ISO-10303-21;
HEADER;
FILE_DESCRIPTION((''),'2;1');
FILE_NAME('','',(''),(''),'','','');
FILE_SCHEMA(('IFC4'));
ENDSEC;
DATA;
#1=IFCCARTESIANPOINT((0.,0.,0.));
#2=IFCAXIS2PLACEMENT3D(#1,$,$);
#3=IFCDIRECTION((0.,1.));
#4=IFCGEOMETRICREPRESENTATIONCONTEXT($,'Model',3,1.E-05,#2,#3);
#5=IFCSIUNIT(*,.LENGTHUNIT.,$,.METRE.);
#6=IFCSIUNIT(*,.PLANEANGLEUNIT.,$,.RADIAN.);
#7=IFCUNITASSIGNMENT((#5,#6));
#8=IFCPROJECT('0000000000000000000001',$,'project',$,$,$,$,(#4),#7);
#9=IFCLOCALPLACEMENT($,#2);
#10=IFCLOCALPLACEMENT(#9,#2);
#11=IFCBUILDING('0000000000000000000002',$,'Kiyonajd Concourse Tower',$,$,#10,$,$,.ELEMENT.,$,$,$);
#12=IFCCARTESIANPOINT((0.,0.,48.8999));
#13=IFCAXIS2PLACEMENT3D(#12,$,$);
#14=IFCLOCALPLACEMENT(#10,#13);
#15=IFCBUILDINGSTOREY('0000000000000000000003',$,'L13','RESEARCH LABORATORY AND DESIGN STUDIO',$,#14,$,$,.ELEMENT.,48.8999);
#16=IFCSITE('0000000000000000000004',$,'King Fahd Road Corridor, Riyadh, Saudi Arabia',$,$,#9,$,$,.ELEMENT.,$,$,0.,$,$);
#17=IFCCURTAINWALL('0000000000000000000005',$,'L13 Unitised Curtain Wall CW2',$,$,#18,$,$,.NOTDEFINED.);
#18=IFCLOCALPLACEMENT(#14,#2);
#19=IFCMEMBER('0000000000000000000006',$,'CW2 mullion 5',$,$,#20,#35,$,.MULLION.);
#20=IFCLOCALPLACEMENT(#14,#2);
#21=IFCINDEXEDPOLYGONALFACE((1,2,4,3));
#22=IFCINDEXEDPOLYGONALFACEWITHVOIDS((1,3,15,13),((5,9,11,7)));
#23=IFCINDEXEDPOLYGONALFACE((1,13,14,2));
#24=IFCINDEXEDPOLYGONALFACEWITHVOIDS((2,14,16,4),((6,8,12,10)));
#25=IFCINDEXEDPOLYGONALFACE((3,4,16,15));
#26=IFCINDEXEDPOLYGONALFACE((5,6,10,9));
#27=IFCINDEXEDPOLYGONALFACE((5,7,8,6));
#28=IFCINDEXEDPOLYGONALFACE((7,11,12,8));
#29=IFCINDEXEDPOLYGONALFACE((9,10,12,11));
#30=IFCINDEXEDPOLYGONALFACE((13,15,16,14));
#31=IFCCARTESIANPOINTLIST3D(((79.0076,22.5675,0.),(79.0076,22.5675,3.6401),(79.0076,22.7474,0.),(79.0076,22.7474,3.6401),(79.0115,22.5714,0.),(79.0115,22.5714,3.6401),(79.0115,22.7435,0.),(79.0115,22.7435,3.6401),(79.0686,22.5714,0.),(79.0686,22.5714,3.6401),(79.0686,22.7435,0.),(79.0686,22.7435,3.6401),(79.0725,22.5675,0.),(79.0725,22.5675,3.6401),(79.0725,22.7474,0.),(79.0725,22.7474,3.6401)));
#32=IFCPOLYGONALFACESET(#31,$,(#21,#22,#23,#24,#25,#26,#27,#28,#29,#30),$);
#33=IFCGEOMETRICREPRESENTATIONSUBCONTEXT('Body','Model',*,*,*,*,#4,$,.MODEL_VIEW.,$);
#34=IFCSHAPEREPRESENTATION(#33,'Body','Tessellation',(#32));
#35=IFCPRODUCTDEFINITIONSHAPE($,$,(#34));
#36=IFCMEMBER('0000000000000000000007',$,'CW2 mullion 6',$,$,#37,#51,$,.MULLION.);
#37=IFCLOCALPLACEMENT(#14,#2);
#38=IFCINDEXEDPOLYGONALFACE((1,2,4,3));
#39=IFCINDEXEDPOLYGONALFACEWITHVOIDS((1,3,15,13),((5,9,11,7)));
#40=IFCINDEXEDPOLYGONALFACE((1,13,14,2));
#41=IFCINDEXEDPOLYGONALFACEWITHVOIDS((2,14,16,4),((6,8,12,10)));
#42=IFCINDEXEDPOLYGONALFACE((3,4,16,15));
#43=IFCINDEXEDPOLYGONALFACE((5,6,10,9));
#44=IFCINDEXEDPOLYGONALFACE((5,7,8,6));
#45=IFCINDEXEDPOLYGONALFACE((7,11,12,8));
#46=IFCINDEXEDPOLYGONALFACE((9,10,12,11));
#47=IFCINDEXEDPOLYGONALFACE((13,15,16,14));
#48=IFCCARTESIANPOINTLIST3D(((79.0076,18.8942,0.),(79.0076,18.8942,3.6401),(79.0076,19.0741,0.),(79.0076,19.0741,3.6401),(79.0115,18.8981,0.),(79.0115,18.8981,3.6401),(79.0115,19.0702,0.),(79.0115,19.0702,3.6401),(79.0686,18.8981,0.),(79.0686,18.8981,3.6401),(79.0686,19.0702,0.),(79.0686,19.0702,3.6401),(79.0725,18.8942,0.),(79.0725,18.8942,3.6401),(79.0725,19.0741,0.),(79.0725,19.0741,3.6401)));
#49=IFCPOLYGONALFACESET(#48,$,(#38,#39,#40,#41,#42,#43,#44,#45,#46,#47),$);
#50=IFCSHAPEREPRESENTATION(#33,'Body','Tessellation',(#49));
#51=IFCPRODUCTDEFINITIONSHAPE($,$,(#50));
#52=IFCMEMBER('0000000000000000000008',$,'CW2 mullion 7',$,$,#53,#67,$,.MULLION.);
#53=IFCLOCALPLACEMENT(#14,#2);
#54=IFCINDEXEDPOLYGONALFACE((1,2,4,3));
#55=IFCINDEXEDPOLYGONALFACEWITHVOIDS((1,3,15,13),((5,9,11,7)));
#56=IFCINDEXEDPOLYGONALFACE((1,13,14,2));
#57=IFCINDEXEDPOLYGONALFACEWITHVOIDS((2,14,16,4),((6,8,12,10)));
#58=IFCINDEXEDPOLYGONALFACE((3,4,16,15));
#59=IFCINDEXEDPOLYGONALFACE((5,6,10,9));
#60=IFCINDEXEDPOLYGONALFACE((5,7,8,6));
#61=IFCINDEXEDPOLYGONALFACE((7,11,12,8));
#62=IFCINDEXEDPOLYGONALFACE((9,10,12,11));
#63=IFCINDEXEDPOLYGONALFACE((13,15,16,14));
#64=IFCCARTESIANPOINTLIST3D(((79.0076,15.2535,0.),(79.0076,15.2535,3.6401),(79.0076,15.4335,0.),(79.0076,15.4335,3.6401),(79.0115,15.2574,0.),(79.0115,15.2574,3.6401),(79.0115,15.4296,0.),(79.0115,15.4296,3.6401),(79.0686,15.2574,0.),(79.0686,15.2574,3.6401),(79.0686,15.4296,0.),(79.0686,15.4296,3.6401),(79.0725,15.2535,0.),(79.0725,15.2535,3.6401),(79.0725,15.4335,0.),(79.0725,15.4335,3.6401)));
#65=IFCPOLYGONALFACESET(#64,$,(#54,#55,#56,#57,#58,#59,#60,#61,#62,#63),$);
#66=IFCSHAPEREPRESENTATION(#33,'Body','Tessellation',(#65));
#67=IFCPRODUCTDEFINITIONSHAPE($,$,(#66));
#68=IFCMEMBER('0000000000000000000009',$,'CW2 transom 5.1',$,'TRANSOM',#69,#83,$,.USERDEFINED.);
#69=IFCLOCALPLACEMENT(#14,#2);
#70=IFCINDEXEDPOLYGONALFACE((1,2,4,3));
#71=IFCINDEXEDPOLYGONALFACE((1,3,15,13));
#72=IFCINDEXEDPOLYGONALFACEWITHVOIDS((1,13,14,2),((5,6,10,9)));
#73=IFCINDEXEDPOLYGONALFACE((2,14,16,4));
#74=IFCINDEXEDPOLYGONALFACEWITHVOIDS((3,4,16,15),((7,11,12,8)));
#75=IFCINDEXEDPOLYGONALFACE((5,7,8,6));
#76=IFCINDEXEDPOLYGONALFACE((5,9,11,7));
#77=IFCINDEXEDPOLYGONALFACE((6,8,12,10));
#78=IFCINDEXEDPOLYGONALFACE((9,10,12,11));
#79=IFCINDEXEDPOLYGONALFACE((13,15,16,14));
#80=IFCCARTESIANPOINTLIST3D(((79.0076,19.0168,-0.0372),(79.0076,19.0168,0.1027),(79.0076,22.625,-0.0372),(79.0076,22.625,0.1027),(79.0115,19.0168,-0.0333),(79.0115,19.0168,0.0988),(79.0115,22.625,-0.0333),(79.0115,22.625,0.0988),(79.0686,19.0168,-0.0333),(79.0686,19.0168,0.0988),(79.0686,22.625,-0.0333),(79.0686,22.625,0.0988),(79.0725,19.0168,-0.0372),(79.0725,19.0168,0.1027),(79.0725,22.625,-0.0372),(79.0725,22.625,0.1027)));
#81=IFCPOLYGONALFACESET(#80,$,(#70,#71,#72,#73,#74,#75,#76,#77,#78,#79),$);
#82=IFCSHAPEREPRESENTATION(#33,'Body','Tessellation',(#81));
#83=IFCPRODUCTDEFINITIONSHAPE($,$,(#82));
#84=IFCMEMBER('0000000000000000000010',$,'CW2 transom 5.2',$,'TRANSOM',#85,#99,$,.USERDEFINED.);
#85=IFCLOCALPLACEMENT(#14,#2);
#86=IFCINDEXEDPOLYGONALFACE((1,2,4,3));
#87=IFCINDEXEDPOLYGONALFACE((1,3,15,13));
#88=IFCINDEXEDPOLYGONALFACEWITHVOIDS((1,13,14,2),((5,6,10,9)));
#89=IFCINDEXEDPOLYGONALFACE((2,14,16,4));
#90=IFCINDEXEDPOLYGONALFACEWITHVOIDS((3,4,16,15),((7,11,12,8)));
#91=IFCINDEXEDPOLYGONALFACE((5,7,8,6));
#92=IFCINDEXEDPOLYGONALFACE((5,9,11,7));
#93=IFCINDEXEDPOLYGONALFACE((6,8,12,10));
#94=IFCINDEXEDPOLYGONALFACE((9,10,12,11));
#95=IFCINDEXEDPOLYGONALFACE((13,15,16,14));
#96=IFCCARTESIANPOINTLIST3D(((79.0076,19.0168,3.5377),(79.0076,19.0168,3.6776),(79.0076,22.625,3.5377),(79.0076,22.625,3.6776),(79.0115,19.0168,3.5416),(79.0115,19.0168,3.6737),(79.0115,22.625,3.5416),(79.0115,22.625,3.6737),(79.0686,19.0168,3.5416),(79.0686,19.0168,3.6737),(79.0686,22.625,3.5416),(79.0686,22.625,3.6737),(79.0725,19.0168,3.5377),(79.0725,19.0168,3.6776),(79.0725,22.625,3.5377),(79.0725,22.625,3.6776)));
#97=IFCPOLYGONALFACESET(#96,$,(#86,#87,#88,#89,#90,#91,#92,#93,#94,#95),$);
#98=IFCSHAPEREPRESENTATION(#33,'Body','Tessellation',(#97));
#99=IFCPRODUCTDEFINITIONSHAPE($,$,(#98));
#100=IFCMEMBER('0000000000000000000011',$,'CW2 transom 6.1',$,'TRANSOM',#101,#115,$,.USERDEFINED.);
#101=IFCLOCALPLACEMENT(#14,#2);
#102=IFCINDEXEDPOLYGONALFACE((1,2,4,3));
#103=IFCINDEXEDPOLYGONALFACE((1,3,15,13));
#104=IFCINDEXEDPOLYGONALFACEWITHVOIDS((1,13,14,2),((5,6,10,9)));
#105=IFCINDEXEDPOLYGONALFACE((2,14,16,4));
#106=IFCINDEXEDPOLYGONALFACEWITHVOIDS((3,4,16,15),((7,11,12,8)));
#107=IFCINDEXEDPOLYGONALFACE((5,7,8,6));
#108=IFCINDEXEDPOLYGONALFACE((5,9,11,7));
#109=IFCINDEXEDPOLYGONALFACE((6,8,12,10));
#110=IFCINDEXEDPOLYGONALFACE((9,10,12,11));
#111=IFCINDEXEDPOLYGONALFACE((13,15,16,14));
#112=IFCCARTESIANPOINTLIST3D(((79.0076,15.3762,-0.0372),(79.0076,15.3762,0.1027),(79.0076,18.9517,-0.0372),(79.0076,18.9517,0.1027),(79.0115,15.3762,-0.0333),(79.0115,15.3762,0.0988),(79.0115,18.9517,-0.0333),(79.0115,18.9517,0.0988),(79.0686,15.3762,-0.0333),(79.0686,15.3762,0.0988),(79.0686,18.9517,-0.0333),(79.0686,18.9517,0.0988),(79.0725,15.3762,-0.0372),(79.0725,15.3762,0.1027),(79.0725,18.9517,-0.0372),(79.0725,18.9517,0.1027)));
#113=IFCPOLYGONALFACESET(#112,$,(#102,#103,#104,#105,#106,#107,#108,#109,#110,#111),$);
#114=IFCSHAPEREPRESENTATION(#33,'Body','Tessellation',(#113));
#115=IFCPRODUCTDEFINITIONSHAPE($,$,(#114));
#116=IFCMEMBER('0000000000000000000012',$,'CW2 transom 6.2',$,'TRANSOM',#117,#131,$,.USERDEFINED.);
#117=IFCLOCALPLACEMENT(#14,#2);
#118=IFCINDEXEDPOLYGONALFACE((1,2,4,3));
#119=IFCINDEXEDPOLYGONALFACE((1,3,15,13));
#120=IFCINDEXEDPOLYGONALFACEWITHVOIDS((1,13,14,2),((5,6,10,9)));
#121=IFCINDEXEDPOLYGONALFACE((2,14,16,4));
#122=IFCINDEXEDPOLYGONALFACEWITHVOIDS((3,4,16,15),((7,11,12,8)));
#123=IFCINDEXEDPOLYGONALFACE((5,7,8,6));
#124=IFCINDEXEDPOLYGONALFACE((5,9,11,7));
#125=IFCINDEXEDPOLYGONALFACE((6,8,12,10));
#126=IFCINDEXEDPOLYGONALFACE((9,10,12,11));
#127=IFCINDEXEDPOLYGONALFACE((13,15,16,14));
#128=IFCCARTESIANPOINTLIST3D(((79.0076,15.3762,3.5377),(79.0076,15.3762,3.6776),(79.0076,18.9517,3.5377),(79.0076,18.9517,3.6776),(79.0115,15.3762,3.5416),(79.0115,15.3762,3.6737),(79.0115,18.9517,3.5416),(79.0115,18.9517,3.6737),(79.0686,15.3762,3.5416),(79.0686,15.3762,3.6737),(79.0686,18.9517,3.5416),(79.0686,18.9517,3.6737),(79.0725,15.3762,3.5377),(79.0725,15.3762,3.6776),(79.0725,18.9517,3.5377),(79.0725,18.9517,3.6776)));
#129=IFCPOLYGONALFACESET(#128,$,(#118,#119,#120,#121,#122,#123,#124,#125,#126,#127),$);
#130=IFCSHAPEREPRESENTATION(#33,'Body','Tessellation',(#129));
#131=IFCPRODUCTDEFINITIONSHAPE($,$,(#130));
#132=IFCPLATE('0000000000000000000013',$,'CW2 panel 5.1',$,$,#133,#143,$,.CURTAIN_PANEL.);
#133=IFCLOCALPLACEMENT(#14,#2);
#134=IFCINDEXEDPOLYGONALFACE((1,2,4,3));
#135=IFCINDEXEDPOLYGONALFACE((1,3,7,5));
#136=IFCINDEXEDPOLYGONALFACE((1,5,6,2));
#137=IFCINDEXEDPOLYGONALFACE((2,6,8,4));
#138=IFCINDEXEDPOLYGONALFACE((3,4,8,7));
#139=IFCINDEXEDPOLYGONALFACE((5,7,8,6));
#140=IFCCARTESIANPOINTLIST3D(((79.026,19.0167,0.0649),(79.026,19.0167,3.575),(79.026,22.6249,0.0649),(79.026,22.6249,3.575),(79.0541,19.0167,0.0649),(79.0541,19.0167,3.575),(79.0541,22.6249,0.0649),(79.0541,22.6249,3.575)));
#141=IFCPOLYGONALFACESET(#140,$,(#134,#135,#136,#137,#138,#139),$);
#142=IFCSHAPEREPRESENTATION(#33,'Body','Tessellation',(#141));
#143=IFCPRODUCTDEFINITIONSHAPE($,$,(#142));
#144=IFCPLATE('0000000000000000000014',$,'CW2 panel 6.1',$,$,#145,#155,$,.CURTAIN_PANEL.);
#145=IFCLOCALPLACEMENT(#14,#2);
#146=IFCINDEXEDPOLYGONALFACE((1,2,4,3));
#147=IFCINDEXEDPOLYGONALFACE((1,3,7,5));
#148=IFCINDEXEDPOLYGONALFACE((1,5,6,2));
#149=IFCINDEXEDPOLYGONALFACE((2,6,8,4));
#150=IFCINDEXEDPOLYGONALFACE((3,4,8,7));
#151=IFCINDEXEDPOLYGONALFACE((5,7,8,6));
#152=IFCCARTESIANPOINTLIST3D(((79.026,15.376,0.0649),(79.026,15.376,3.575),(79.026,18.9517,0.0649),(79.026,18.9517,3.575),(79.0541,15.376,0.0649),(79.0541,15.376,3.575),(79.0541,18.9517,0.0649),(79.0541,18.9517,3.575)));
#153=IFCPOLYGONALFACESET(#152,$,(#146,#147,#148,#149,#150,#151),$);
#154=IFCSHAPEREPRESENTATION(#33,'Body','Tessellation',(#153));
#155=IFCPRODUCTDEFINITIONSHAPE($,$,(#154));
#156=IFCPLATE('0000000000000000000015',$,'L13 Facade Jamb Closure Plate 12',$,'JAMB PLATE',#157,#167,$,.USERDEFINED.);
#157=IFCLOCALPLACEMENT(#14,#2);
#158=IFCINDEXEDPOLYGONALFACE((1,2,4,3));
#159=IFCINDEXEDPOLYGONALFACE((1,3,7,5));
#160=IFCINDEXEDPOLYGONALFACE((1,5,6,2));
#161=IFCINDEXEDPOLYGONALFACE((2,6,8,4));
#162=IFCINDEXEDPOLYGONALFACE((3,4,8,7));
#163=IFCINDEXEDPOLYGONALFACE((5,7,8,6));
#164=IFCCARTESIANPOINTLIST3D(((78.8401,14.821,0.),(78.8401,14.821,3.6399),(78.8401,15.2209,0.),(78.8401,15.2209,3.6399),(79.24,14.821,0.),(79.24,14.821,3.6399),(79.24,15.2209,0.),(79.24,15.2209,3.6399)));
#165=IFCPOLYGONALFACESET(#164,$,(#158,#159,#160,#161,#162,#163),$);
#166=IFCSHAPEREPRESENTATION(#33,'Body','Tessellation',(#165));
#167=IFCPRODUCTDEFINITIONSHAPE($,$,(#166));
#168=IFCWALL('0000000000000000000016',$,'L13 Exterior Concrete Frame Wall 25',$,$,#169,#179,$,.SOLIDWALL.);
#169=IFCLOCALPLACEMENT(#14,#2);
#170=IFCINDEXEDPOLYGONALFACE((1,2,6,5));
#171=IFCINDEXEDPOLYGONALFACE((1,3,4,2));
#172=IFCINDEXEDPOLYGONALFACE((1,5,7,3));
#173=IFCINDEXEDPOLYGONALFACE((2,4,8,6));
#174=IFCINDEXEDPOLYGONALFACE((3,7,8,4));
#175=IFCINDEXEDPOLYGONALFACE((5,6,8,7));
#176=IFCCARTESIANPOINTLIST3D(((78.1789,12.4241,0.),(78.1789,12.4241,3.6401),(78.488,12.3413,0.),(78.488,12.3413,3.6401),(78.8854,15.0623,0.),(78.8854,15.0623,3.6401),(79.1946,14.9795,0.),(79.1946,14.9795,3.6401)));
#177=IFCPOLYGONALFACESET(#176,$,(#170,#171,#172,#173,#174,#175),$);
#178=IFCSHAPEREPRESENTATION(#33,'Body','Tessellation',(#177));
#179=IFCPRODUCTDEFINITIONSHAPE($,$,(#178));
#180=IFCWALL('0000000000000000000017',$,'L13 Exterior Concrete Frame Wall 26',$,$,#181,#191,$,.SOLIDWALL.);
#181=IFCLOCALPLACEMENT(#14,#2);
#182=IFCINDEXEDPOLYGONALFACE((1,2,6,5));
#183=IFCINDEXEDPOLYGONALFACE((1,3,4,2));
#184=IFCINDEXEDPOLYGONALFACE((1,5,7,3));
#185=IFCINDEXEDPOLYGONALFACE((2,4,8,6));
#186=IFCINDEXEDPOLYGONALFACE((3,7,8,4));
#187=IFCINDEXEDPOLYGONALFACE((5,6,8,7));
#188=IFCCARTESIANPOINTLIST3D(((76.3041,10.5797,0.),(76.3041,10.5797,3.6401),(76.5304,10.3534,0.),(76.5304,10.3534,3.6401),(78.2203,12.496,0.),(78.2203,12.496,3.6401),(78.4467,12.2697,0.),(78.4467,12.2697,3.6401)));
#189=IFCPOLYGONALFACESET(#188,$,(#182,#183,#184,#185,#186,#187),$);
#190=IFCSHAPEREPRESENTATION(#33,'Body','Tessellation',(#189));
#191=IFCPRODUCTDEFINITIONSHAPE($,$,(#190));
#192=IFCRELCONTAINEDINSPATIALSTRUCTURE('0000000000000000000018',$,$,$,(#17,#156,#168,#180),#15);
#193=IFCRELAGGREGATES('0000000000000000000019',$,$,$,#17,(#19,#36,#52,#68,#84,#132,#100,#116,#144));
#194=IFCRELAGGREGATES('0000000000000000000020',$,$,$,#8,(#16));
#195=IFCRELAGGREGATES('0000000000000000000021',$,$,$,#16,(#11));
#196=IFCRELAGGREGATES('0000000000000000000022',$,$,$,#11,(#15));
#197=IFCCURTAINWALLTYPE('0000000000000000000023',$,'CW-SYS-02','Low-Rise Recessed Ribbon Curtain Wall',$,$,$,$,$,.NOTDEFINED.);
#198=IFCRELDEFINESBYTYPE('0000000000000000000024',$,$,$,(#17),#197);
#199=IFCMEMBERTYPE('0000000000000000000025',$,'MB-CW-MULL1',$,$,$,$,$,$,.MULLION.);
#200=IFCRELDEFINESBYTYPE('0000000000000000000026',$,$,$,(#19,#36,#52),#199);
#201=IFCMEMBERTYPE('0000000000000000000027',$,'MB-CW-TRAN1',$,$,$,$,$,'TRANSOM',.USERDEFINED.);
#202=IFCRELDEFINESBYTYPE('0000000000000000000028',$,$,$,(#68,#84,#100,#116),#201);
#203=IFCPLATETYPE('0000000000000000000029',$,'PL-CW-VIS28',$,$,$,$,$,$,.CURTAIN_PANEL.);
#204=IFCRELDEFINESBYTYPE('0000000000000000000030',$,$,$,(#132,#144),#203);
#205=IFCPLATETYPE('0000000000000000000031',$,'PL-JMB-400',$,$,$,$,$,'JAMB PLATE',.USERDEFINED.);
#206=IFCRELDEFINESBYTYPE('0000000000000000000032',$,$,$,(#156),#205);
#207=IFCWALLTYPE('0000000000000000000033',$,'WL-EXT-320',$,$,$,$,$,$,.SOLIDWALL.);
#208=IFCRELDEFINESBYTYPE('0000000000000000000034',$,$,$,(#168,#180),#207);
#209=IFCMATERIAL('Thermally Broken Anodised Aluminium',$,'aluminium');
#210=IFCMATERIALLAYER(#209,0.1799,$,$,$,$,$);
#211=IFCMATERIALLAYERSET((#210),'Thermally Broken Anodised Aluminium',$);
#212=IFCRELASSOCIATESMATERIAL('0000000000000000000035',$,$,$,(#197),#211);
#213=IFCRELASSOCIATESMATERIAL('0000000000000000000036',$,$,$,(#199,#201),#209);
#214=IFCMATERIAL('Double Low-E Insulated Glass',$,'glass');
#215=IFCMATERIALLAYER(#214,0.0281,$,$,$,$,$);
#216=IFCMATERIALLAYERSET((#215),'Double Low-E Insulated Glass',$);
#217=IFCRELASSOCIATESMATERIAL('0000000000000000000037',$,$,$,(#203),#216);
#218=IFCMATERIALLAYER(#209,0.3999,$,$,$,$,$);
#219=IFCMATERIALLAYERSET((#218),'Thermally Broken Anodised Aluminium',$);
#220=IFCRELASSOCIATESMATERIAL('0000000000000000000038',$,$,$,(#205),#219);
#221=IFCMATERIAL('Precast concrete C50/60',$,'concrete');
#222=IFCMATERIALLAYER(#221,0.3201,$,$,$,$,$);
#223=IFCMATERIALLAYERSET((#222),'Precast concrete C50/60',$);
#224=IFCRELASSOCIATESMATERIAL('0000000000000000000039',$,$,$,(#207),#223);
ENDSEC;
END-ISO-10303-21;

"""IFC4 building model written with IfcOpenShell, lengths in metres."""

from ifc_helpers import new_model, si_unit, direction, frame, frame_2d, origin, origin_2d, place, context, subcontext, project, spatial, rectangle, hollow_rectangle, extrude, material, layer, layer_set, material_profile, profile_set, type_object, element, aggregate, save


model = new_model("IFC4")

# Units and contexts
model_context = context("Model", 3, precision=1e-05, world=origin(), true_north=direction((0.0, 1.0)))
body_context = subcontext(model_context, "Body", "Model", "MODEL_VIEW")
ifc_project = project(units=[si_unit("LENGTHUNIT", "METRE"), si_unit("PLANEANGLEUNIT", "RADIAN")], contexts=[model_context])

# Site, building, storey
site_placement = place(None, origin())
site = spatial("IfcSite", under=ifc_project, at=site_placement, Name="King Fahd Road Corridor, Riyadh, Saudi Arabia", CompositionType="ELEMENT", RefElevation=0.0)
building_placement = place(site_placement, origin())
building = spatial("IfcBuilding", under=site, at=building_placement, Name="Kiyonajd Concourse Tower", CompositionType="ELEMENT")
storey_placement = place(building_placement, frame((0.0, 0.0, 48.8999)))
storey = spatial("IfcBuildingStorey", under=building, at=storey_placement, Name="L13", Description="RESEARCH LABORATORY AND DESIGN STUDIO", CompositionType="ELEMENT", Elevation=48.8999)

# Shared definitions
ifc_material_1 = material(Name="Precast concrete C50/60", Category="concrete")

# Curtain wall, members, plates
ifc_material_2 = material(Name="Thermally Broken Anodised Aluminium", Category="aluminium")
ifc_layer_1 = layer(ifc_material_2, 0.1799)
ifc_layer_set_1 = layer_set([ifc_layer_1], Name="Thermally Broken Anodised Aluminium")
curtain_wall_type = type_object("IfcCurtainWallType", Name="CW-SYS-02", Description="Low-Rise Recessed Ribbon Curtain Wall", PredefinedType="NOTDEFINED", material=ifc_layer_set_1)
curtain_wall_placement = place(storey_placement, origin())
curtain_wall = element("IfcCurtainWall", 1, at=curtain_wall_placement, inside=storey, type_object=curtain_wall_type, Name="L13 Unitised Curtain Wall CW2", PredefinedType="NOTDEFINED")
ifc_material_profile_1 = material_profile(ifc_material_2, hollow_rectangle(XDim=0.0649, YDim=0.1799, WallThickness=0.0039, at=origin_2d()), Name="MULL-65x180")
ifc_profile_set_1 = profile_set([ifc_material_profile_1], Name="Thermally Broken Anodised Aluminium")
member_type_1 = type_object("IfcMemberType", Name="MB-CW-MULL1", PredefinedType="MULLION", material=ifc_profile_set_1)
member_1_placement = place(storey_placement, frame((79.04, 22.6575, 0.0), z_axis=(0.0, 0.0, 1.0), x_axis=(1.0, 0.0, 0.0)))
member_1 = element("IfcMember", 2, at=member_1_placement, type_object=member_type_1, Name="CW2 mullion 5", PredefinedType="MULLION", context=body_context, shape_type="SweptSolid", body=[
    extrude(hollow_rectangle(XDim=0.0649, YDim=0.1799, WallThickness=0.0039, at=origin_2d()), origin(), (0.0, 0.0, 1.0), 3.6401),
])
member_2_placement = place(storey_placement, frame((79.04, 18.9841, 0.0), z_axis=(0.0, 0.0, 1.0), x_axis=(1.0, 0.0, 0.0)))
member_2 = element("IfcMember", 3, at=member_2_placement, type_object=member_type_1, Name="CW2 mullion 6", PredefinedType="MULLION", context=body_context, shape_type="SweptSolid", body=[
    extrude(hollow_rectangle(XDim=0.0649, YDim=0.1799, WallThickness=0.0039, at=origin_2d()), origin(), (0.0, 0.0, 1.0), 3.6401),
])
member_3_placement = place(storey_placement, frame((79.04, 15.3435, 0.0), z_axis=(0.0, 0.0, 1.0), x_axis=(1.0, 0.0, 0.0)))
member_3 = element("IfcMember", 4, at=member_3_placement, type_object=member_type_1, Name="CW2 mullion 7", PredefinedType="MULLION", context=body_context, shape_type="SweptSolid", body=[
    extrude(hollow_rectangle(XDim=0.0649, YDim=0.1799, WallThickness=0.0039, at=origin_2d()), origin(), (0.0, 0.0, 1.0), 3.6401),
])
ifc_material_profile_2 = material_profile(ifc_material_2, hollow_rectangle(XDim=0.0649, YDim=0.1399, WallThickness=0.0039, at=origin_2d()), Name="TRAN-65x140")
ifc_profile_set_2 = profile_set([ifc_material_profile_2], Name="Thermally Broken Anodised Aluminium")
member_type_2 = type_object("IfcMemberType", Name="MB-CW-TRAN1", ElementType="TRANSOM", PredefinedType="USERDEFINED", material=ifc_profile_set_2)
member_4_placement = place(storey_placement, frame((79.04, 22.625, 0.0327), z_axis=(0.0, -1.0, 0.0), x_axis=(1.0, 0.0, 0.0)))
member_4 = element("IfcMember", 5, at=member_4_placement, type_object=member_type_2, Name="CW2 transom 5.1", ObjectType="TRANSOM", PredefinedType="USERDEFINED", context=body_context, shape_type="SweptSolid", body=[
    extrude(hollow_rectangle(XDim=0.0649, YDim=0.1399, WallThickness=0.0039, at=origin_2d()), origin(), (0.0, 0.0, 1.0), 3.6082),
])
member_5_placement = place(storey_placement, frame((79.04, 22.625, 3.6077), z_axis=(0.0, -1.0, 0.0), x_axis=(1.0, 0.0, 0.0)))
member_5 = element("IfcMember", 6, at=member_5_placement, type_object=member_type_2, Name="CW2 transom 5.2", ObjectType="TRANSOM", PredefinedType="USERDEFINED", context=body_context, shape_type="SweptSolid", body=[
    extrude(hollow_rectangle(XDim=0.0649, YDim=0.1399, WallThickness=0.0039, at=origin_2d()), origin(), (0.0, 0.0, 1.0), 3.6082),
])
member_6_placement = place(storey_placement, frame((79.04, 18.9517, 0.0327), z_axis=(0.0, -1.0, 0.0), x_axis=(1.0, 0.0, 0.0)))
member_6 = element("IfcMember", 7, at=member_6_placement, type_object=member_type_2, Name="CW2 transom 6.1", ObjectType="TRANSOM", PredefinedType="USERDEFINED", context=body_context, shape_type="SweptSolid", body=[
    extrude(hollow_rectangle(XDim=0.0649, YDim=0.1399, WallThickness=0.0039, at=origin_2d()), origin(), (0.0, 0.0, 1.0), 3.5754),
])
member_7_placement = place(storey_placement, frame((79.04, 18.9517, 3.6077), z_axis=(0.0, -1.0, 0.0), x_axis=(1.0, 0.0, 0.0)))
member_7 = element("IfcMember", 8, at=member_7_placement, type_object=member_type_2, Name="CW2 transom 6.2", ObjectType="TRANSOM", PredefinedType="USERDEFINED", context=body_context, shape_type="SweptSolid", body=[
    extrude(hollow_rectangle(XDim=0.0649, YDim=0.1399, WallThickness=0.0039, at=origin_2d()), origin(), (0.0, 0.0, 1.0), 3.5754),
])
ifc_material_3 = material(Name="Double Low-E Insulated Glass", Category="glass")
ifc_layer_2 = layer(ifc_material_3, 0.0281)
ifc_layer_set_2 = layer_set([ifc_layer_2], Name="Double Low-E Insulated Glass")
plate_type_1 = type_object("IfcPlateType", Name="PL-CW-VIS28", PredefinedType="CURTAIN_PANEL", material=ifc_layer_set_2)
plate_1_placement = place(storey_placement, frame((79.04, 20.8208, 0.0649), z_axis=(0.0, 0.0, 1.0), x_axis=(0.0, -1.0, 0.0)))
plate_1 = element("IfcPlate", 9, at=plate_1_placement, type_object=plate_type_1, Name="CW2 panel 5.1", PredefinedType="CURTAIN_PANEL", context=body_context, shape_type="SweptSolid", body=[
    extrude(rectangle(XDim=3.6082, YDim=0.0281, at=origin_2d()), origin(), (0.0, 0.0, 1.0), 3.51),
])
plate_2_placement = place(storey_placement, frame((79.04, 17.1638, 0.0649), z_axis=(0.0, 0.0, 1.0), x_axis=(0.0, -1.0, 0.0)))
plate_2 = element("IfcPlate", 10, at=plate_2_placement, type_object=plate_type_1, Name="CW2 panel 6.1", PredefinedType="CURTAIN_PANEL", context=body_context, shape_type="SweptSolid", body=[
    extrude(rectangle(XDim=3.5757, YDim=0.0281, at=origin_2d()), origin(), (0.0, 0.0, 1.0), 3.51),
])
aggregate(curtain_wall, [member_1, member_2, member_3, member_4, member_5, plate_1, member_6, member_7, plate_2])

# Plate
ifc_layer_3 = layer(ifc_material_2, 0.3999)
ifc_layer_set_3 = layer_set([ifc_layer_3], Name="Thermally Broken Anodised Aluminium")
plate_type_2 = type_object("IfcPlateType", Name="PL-JMB-400", ElementType="JAMB PLATE", PredefinedType="USERDEFINED", material=ifc_layer_set_3)
plate_3_placement = place(storey_placement, frame((79.04, 15.021, 0.0), z_axis=(0.0, 0.0, 1.0), x_axis=(1.0, 0.0, 0.0)))
element("IfcPlate", 11, at=plate_3_placement, inside=storey, type_object=plate_type_2, Name="L13 Facade Jamb Closure Plate 12", ObjectType="JAMB PLATE", PredefinedType="USERDEFINED", context=body_context, shape_type="SweptSolid", body=[
    extrude(rectangle(XDim=0.3999, YDim=0.3999, at=origin_2d()), origin(), (0.0, 0.0, 1.0), 3.6399),
])

# Walls
ifc_layer_4 = layer(ifc_material_1, 0.3201)
ifc_layer_set_4 = layer_set([ifc_layer_4], Name="Precast concrete C50/60")
wall_type_1 = type_object("IfcWallType", Name="WL-EXT-320", PredefinedType="SOLIDWALL", material=ifc_layer_set_4)
wall_1_placement = place(storey_placement, frame((79.04, 15.021, 0.0), z_axis=(0.0, 0.0, 1.0), x_axis=(-0.258697, -0.965958, 0.0)))
element("IfcWall", 12, at=wall_1_placement, inside=storey, type_object=wall_type_1, Name="L13 Exterior Concrete Frame Wall 25", PredefinedType="SOLIDWALL", context=body_context, shape_type="SweptSolid", body=[
    extrude(rectangle(XDim=2.7312, YDim=0.3201, at=frame_2d((1.3657, 0.0))), origin(), (0.0, 0.0, 1.0), 3.6401),
])
wall_2_placement = place(storey_placement, frame((78.3335, 12.3828, 0.0), z_axis=(0.0, 0.0, 1.0), x_axis=(-0.707107, -0.707107, 0.0)))
element("IfcWall", 13, at=wall_2_placement, inside=storey, type_object=wall_type_1, Name="L13 Exterior Concrete Frame Wall 26", PredefinedType="SOLIDWALL", context=body_context, shape_type="SweptSolid", body=[
    extrude(rectangle(XDim=2.71, YDim=0.3201, at=frame_2d((1.355, 0.0))), origin(), (0.0, 0.0, 1.0), 3.6401),
])

save(model, "model.ifc")
